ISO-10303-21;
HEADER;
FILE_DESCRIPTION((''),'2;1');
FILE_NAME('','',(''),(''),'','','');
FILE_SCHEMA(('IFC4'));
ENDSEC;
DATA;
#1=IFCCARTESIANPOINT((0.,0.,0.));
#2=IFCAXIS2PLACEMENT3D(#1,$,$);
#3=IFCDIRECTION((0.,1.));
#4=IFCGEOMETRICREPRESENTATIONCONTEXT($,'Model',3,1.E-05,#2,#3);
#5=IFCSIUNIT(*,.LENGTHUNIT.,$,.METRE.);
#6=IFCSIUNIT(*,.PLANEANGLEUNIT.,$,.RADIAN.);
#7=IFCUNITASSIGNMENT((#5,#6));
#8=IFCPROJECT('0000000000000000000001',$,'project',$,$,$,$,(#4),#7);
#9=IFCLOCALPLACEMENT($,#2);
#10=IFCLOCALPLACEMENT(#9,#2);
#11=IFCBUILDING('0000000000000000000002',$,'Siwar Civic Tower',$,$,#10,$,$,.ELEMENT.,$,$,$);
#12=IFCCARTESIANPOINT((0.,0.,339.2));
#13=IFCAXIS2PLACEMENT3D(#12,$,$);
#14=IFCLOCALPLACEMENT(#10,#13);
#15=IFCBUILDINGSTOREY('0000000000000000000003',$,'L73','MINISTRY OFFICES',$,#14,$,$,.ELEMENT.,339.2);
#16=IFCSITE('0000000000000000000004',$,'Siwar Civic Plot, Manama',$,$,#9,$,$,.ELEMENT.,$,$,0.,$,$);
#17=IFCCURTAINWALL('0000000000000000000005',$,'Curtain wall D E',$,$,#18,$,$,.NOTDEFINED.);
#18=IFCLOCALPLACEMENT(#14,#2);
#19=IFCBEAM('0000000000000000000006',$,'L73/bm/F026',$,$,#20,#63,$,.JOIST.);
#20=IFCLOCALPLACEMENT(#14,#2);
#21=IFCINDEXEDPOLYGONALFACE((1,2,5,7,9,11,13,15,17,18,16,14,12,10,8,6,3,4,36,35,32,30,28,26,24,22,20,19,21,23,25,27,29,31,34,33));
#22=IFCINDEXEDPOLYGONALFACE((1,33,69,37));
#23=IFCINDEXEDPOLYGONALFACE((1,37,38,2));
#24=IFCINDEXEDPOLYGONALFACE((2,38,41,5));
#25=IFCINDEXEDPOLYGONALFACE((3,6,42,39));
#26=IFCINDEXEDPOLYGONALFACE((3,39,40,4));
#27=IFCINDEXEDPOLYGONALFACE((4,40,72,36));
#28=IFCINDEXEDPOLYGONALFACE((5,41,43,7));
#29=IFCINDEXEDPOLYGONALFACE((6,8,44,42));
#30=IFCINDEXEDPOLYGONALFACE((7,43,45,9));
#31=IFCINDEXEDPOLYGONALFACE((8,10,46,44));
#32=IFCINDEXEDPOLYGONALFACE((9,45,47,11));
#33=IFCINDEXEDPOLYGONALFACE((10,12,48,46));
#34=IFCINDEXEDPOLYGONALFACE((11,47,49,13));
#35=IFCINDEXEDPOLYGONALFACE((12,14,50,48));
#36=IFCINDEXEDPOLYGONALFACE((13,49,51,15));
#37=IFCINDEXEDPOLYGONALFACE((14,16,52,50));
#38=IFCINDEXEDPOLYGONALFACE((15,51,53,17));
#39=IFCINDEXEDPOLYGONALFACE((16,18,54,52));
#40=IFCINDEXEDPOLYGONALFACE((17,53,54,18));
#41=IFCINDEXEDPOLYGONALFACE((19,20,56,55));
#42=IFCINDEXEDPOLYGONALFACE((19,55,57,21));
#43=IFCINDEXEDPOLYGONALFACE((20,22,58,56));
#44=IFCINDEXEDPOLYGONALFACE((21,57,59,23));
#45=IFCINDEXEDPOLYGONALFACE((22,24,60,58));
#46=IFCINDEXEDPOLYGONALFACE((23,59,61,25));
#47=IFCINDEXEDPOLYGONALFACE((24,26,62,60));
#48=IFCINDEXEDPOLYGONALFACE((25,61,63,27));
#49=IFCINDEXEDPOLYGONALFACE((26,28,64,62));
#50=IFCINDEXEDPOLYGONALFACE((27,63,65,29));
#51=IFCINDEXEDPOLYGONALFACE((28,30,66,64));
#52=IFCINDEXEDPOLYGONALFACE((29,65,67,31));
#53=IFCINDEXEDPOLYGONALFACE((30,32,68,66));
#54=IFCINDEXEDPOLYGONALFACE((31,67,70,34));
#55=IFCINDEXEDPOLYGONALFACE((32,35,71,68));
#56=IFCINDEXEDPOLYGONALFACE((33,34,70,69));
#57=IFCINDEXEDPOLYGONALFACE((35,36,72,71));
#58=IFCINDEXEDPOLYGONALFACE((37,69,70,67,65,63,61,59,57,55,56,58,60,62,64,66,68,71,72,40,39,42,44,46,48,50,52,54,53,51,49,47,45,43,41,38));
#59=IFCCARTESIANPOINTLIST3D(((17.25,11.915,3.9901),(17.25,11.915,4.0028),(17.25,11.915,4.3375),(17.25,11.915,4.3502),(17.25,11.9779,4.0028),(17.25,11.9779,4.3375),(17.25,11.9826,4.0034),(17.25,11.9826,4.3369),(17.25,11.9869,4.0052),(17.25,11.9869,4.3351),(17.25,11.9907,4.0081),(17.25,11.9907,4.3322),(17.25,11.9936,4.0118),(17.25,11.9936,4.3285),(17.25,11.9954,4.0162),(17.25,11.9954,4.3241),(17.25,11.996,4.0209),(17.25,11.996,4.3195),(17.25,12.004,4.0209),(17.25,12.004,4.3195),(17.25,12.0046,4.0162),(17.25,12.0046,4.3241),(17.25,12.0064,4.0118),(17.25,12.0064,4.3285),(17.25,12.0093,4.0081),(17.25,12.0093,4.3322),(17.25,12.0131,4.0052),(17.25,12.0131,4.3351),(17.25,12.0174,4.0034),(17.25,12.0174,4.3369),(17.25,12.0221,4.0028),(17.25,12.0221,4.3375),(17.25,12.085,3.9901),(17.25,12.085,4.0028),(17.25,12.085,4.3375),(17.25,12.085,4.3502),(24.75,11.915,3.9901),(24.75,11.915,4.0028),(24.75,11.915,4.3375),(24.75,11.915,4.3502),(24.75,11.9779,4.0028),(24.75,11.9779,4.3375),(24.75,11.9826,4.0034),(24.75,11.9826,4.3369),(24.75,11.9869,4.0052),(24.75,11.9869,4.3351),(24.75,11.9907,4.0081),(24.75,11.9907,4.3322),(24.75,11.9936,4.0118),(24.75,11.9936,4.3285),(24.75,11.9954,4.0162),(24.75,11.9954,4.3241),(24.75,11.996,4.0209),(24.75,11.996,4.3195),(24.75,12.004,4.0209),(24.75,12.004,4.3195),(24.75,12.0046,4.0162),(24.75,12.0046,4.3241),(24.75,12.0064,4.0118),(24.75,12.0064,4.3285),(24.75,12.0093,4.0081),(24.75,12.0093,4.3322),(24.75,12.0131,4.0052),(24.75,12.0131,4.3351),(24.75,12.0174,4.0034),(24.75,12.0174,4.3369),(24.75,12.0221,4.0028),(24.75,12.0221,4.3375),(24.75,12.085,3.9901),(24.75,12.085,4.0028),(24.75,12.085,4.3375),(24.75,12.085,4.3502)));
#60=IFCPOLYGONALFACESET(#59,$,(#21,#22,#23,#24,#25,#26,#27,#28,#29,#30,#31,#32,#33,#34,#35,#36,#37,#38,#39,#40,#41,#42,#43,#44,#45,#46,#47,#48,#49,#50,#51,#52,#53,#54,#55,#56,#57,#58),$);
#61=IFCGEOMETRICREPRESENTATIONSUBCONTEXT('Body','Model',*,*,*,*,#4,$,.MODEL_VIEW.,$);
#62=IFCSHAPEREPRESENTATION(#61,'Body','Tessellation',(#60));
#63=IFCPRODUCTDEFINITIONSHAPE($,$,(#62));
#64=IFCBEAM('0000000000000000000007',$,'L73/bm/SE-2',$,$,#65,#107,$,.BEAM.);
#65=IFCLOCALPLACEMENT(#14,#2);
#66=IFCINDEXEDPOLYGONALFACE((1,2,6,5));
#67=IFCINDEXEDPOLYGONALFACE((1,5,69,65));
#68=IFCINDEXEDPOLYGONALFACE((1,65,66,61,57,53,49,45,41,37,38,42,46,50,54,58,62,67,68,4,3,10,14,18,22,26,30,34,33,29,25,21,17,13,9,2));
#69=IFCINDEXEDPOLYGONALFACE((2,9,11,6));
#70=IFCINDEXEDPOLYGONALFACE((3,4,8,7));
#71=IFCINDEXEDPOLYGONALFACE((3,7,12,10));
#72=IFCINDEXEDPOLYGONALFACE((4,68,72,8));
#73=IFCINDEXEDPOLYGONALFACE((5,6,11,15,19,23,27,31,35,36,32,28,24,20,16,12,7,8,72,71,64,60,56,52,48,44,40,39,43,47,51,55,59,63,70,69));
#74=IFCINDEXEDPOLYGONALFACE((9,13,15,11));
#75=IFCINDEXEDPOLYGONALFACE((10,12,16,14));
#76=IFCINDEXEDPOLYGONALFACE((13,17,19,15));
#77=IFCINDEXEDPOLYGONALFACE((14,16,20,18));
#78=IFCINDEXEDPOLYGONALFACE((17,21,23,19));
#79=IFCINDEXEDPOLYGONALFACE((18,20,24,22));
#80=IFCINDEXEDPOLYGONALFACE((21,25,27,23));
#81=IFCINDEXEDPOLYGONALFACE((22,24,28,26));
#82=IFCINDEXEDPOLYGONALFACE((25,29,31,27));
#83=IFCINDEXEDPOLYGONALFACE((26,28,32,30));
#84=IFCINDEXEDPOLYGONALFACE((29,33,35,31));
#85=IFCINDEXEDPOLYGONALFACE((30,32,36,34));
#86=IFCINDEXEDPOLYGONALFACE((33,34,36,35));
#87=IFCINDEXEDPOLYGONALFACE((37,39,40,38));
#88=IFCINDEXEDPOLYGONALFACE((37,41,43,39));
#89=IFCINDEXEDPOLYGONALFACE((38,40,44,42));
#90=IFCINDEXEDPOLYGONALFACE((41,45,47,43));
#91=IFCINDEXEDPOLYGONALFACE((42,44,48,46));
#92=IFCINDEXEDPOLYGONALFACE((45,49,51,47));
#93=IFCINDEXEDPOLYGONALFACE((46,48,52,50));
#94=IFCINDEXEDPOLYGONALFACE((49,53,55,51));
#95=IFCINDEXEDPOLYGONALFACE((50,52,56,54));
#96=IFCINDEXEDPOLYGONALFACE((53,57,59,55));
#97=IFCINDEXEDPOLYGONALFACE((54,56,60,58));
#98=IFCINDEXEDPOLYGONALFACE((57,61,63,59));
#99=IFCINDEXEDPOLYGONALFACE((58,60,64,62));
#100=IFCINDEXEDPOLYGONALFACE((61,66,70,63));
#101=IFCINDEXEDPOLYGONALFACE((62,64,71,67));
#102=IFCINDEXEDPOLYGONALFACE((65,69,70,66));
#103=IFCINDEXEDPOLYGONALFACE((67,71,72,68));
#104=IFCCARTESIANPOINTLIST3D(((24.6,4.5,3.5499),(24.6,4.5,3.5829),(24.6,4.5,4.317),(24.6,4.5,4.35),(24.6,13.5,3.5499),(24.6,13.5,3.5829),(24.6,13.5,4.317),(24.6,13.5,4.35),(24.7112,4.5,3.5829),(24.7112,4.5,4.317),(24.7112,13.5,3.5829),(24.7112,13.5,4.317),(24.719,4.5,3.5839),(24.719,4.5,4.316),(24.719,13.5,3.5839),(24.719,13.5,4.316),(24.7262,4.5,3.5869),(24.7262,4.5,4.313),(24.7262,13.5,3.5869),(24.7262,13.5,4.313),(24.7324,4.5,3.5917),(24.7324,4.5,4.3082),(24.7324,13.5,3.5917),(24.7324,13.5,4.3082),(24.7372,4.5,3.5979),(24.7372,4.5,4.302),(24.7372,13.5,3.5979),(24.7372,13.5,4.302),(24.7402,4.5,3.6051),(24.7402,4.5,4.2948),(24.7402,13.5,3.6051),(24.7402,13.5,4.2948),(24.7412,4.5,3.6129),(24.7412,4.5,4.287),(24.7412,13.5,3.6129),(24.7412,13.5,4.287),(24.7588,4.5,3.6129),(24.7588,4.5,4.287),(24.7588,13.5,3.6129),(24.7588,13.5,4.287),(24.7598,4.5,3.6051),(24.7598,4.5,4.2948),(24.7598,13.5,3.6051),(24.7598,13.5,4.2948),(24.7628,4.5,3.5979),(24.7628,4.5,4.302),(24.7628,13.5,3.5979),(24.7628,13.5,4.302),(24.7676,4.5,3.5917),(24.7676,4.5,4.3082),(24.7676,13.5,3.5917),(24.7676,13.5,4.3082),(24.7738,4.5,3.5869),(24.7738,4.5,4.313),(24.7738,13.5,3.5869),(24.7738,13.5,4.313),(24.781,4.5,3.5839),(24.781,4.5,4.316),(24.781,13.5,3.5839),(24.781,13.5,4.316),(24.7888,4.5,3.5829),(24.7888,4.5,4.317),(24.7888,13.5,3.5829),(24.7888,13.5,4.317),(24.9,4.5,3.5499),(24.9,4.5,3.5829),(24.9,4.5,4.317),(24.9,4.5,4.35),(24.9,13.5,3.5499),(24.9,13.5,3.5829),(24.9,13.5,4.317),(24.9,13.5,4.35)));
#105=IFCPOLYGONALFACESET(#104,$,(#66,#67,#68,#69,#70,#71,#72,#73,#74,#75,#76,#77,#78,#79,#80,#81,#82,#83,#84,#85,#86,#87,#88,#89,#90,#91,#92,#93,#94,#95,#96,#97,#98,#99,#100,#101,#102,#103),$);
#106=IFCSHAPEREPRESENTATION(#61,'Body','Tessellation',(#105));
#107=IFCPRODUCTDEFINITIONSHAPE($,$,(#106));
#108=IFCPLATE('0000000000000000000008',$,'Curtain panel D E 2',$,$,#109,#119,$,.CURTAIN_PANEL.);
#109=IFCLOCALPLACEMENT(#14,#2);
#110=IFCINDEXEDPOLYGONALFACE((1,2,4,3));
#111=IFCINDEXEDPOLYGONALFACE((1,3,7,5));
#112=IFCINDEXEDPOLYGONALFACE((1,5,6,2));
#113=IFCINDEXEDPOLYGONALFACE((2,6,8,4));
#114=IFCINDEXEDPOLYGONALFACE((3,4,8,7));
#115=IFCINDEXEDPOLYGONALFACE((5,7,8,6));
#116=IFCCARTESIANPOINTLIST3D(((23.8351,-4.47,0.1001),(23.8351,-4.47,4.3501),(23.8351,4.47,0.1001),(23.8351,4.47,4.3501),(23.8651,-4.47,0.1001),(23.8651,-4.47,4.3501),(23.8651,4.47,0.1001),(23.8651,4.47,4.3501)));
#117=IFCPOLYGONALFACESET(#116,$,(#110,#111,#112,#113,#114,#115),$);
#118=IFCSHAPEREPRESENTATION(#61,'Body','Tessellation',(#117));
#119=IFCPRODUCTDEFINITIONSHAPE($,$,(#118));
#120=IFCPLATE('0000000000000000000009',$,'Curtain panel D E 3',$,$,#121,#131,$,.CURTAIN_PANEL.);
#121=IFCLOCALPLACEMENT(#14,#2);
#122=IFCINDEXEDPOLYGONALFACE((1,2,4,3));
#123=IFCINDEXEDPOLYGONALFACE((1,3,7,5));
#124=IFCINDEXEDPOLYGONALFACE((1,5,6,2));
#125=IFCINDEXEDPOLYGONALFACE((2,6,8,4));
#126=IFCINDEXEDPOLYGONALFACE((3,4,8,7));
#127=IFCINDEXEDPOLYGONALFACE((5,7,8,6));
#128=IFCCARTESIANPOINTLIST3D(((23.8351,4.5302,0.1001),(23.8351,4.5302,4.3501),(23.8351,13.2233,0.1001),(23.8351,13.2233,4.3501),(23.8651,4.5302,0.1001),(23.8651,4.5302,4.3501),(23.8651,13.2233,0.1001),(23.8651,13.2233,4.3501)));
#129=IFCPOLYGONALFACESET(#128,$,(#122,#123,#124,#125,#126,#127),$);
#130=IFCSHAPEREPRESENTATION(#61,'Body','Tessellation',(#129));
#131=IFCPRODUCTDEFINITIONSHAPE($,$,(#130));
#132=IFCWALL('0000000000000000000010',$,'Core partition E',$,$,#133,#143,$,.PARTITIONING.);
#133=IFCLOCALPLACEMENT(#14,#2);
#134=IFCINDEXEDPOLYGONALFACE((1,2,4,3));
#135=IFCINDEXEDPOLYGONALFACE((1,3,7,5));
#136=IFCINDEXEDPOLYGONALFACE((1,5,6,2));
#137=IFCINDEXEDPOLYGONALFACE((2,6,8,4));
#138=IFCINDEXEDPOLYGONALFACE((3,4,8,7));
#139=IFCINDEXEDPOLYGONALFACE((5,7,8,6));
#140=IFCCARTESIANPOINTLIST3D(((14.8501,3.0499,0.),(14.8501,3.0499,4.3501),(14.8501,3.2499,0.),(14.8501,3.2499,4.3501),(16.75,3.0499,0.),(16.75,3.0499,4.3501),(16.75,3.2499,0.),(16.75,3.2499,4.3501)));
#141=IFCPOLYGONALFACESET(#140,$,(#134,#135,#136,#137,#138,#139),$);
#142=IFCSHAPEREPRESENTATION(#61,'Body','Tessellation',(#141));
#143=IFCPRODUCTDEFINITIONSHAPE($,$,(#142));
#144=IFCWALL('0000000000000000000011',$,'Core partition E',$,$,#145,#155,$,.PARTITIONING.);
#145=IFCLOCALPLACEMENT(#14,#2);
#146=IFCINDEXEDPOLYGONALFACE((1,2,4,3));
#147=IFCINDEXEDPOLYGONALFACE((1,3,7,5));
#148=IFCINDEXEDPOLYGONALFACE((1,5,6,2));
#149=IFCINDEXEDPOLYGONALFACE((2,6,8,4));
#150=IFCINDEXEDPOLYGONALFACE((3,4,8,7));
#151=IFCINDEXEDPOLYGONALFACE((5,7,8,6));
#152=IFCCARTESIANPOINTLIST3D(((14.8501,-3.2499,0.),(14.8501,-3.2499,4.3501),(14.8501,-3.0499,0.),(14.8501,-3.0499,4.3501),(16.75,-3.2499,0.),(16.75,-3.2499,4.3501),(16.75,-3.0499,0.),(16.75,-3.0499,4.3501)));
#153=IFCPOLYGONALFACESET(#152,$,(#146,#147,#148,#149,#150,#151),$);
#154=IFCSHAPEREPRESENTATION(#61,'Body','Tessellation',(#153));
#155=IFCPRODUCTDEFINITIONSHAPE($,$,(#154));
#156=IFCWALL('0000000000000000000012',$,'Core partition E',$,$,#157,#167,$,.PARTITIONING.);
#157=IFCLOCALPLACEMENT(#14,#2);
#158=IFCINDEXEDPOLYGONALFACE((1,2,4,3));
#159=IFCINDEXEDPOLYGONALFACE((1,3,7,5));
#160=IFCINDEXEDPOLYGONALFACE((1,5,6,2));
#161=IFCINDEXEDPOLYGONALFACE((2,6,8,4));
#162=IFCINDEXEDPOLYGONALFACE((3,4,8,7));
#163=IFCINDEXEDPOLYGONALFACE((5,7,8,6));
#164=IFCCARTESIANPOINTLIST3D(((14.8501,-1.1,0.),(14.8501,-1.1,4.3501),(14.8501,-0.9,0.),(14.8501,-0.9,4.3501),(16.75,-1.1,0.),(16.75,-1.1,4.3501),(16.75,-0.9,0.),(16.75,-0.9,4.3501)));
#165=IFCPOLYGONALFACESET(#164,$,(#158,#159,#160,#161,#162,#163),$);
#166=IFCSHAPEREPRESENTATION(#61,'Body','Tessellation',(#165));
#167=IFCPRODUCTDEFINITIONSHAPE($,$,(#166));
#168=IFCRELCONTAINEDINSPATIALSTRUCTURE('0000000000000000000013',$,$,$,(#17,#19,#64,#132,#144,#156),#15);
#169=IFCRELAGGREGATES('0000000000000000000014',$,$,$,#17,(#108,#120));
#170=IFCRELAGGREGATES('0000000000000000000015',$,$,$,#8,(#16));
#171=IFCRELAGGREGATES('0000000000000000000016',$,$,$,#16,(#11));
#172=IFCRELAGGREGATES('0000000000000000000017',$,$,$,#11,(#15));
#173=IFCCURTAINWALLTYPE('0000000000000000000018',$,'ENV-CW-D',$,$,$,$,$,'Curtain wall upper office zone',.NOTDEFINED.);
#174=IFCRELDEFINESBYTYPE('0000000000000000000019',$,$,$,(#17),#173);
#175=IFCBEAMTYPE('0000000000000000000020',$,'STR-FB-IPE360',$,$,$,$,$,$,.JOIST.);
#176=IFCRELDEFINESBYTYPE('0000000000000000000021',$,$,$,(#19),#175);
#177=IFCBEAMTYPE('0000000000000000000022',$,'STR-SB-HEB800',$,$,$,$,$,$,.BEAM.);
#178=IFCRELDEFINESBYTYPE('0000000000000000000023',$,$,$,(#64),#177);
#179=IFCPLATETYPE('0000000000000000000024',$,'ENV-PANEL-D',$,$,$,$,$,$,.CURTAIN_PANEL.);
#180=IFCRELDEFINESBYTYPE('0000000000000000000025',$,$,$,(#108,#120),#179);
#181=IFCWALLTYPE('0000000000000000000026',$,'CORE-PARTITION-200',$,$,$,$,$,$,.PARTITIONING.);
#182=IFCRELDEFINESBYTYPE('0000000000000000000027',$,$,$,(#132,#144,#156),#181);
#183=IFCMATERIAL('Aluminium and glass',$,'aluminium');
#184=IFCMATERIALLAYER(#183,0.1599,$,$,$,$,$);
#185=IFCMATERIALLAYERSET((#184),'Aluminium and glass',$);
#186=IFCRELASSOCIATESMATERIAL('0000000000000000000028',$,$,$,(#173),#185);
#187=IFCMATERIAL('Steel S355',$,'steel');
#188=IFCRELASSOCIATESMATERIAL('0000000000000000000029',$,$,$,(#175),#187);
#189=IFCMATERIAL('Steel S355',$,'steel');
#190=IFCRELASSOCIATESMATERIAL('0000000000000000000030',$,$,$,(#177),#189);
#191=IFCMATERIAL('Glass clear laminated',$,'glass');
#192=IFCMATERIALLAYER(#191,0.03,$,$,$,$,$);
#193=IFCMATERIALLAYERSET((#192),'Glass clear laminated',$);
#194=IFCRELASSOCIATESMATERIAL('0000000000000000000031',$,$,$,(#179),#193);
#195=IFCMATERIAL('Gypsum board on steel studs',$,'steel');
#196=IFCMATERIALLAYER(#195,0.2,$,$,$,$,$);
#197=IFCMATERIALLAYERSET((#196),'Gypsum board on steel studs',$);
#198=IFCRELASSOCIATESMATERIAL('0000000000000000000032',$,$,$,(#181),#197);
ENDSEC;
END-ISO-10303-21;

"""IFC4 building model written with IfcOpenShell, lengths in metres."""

from ifc_helpers import new_model, si_unit, direction, frame, frame_2d, origin, origin_2d, place, context, subcontext, project, spatial, rectangle, i_section, extrude, material, layer, layer_set, material_profile, profile_set, type_object, element, aggregate, save


model = new_model("IFC4")

# Units and contexts
model_context = context("Model", 3, precision=1e-05, world=origin(), true_north=direction((0.0, 1.0)))
body_context = subcontext(model_context, "Body", "Model", "MODEL_VIEW")
ifc_project = project(units=[si_unit("LENGTHUNIT", "METRE"), si_unit("PLANEANGLEUNIT", "RADIAN")], contexts=[model_context])

# Site, building, storey
site_placement = place(None, origin())
site = spatial("IfcSite", under=ifc_project, at=site_placement, Name="Siwar Civic Plot, Manama", CompositionType="ELEMENT", RefElevation=0.0)
building_placement = place(site_placement, origin())
building = spatial("IfcBuilding", under=site, at=building_placement, Name="Siwar Civic Tower", CompositionType="ELEMENT")
storey_placement = place(building_placement, frame((0.0, 0.0, 339.2)))
storey = spatial("IfcBuildingStorey", under=building, at=storey_placement, Name="L73", Description="MINISTRY OFFICES", CompositionType="ELEMENT", Elevation=339.2)

# Curtain wall
ifc_material_1 = material(Name="Aluminium and glass", Category="aluminium")
ifc_layer_1 = layer(ifc_material_1, 0.1599)
ifc_layer_set_1 = layer_set([ifc_layer_1], Name="Aluminium and glass")
curtain_wall_type_1 = type_object("IfcCurtainWallType", Name="ENV-CW-D", ElementType="Curtain wall upper office zone", PredefinedType="NOTDEFINED", material=ifc_layer_set_1)
curtain_wall_1_placement = place(storey_placement, origin())
curtain_wall_1 = element("IfcCurtainWall", 1, at=curtain_wall_1_placement, inside=storey, type_object=curtain_wall_type_1, Name="Curtain wall D E", PredefinedType="NOTDEFINED")

# Beams
ifc_material_2 = material(Name="Steel S355", Category="steel")
ifc_material_profile_1 = material_profile(ifc_material_2, i_section(OverallWidth=0.1699, OverallDepth=0.3601, WebThickness=0.0081, FlangeThickness=0.0127, FilletRadius=0.0181, at=origin_2d()), Name="IPE360")
ifc_profile_set_1 = profile_set([ifc_material_profile_1], Name="Steel S355")
beam_type_1 = type_object("IfcBeamType", Name="STR-FB-IPE360", PredefinedType="JOIST", material=ifc_profile_set_1)
for number, where, z_axis, x_axis, name in (
    (2, (17.25, 12.0, 4.1702), (1.0, 0.0, 0.0), (0.0, 1.0, 0.0), "L73/bm/F026"),
):
    element("IfcBeam", number, at=place(storey_placement, frame(where, z_axis=z_axis, x_axis=x_axis)), inside=storey, type_object=beam_type_1, Name=name, PredefinedType="JOIST", context=body_context, shape_type="SweptSolid", body=[
        extrude(i_section(OverallWidth=0.1699, OverallDepth=0.3601, WebThickness=0.0081, FlangeThickness=0.0127, FilletRadius=0.0181, at=origin_2d()), origin(), (0.0, 0.0, 1.0), 7.5),
    ])
ifc_material_3 = material(Name="Steel S355", Category="steel")
ifc_material_profile_2 = material_profile(ifc_material_3, i_section(OverallWidth=0.3, OverallDepth=0.8, WebThickness=0.0176, FlangeThickness=0.033, FilletRadius=0.03, at=origin_2d()), Name="HEB800")
ifc_profile_set_2 = profile_set([ifc_material_profile_2], Name="Steel S355")
beam_type_2 = type_object("IfcBeamType", Name="STR-SB-HEB800", PredefinedType="BEAM", material=ifc_profile_set_2)
beam_placement = place(storey_placement, frame((24.75, 4.5, 3.95), z_axis=(0.0, 1.0, 0.0), x_axis=(-1.0, 0.0, 0.0)))
element("IfcBeam", 3, at=beam_placement, inside=storey, type_object=beam_type_2, Name="L73/bm/SE-2", PredefinedType="BEAM", context=body_context, shape_type="SweptSolid", body=[
    extrude(i_section(OverallWidth=0.3, OverallDepth=0.8, WebThickness=0.0176, FlangeThickness=0.033, FilletRadius=0.03, at=origin_2d()), origin(), (0.0, 0.0, 1.0), 9.0),
])

# Plates
ifc_material_4 = material(Name="Glass clear laminated", Category="glass")
ifc_layer_2 = layer(ifc_material_4, 0.03)
ifc_layer_set_2 = layer_set([ifc_layer_2], Name="Glass clear laminated")
plate_type = type_object("IfcPlateType", Name="ENV-PANEL-D", PredefinedType="CURTAIN_PANEL", material=ifc_layer_set_2)
plate_1_placement = place(storey_placement, frame((23.8501, 0.0, 0.1001), z_axis=(0.0, 0.0, 1.0), x_axis=(0.0, 1.0, 0.0)))
plate_1 = element("IfcPlate", 4, at=plate_1_placement, type_object=plate_type, Name="Curtain panel D E 2", PredefinedType="CURTAIN_PANEL", context=body_context, shape_type="SweptSolid", body=[
    extrude(rectangle(XDim=8.9399, YDim=0.03, at=origin_2d()), origin(), (0.0, 0.0, 1.0), 4.25),
])
plate_2_placement = place(storey_placement, frame((23.8501, 8.8767, 0.1001), z_axis=(0.0, 0.0, 1.0), x_axis=(0.0, 1.0, 0.0)))
plate_2 = element("IfcPlate", 5, at=plate_2_placement, type_object=plate_type, Name="Curtain panel D E 3", PredefinedType="CURTAIN_PANEL", context=body_context, shape_type="SweptSolid", body=[
    extrude(rectangle(XDim=8.6931, YDim=0.03, at=origin_2d()), origin(), (0.0, 0.0, 1.0), 4.25),
])
aggregate(curtain_wall_1, [plate_1, plate_2])

# Walls
ifc_material_5 = material(Name="Gypsum board on steel studs", Category="steel")
ifc_layer_3 = layer(ifc_material_5, 0.2)
ifc_layer_set_3 = layer_set([ifc_layer_3], Name="Gypsum board on steel studs")
wall_type_1 = type_object("IfcWallType", Name="CORE-PARTITION-200", PredefinedType="PARTITIONING", material=ifc_layer_set_3)
for number, where, z_axis, x_axis, name in (
    (6, (14.8501, 3.1499, 0.0), (0.0, 0.0, 1.0), (1.0, 0.0, 0.0), "Core partition E"),
    (7, (14.8501, -3.1499, 0.0), (0.0, 0.0, 1.0), (1.0, 0.0, 0.0), "Core partition E"),
    (8, (14.8501, -1.0, 0.0), (0.0, 0.0, 1.0), (1.0, 0.0, 0.0), "Core partition E"),
):
    element("IfcWall", number, at=place(storey_placement, frame(where, z_axis=z_axis, x_axis=x_axis)), inside=storey, type_object=wall_type_1, Name=name, PredefinedType="PARTITIONING", context=body_context, shape_type="SweptSolid", body=[
        extrude(rectangle(XDim=1.8999, YDim=0.2, at=frame_2d((0.95, 0.0))), origin(), (0.0, 0.0, 1.0), 4.3501),
    ])

save(model, "model.ifc")
